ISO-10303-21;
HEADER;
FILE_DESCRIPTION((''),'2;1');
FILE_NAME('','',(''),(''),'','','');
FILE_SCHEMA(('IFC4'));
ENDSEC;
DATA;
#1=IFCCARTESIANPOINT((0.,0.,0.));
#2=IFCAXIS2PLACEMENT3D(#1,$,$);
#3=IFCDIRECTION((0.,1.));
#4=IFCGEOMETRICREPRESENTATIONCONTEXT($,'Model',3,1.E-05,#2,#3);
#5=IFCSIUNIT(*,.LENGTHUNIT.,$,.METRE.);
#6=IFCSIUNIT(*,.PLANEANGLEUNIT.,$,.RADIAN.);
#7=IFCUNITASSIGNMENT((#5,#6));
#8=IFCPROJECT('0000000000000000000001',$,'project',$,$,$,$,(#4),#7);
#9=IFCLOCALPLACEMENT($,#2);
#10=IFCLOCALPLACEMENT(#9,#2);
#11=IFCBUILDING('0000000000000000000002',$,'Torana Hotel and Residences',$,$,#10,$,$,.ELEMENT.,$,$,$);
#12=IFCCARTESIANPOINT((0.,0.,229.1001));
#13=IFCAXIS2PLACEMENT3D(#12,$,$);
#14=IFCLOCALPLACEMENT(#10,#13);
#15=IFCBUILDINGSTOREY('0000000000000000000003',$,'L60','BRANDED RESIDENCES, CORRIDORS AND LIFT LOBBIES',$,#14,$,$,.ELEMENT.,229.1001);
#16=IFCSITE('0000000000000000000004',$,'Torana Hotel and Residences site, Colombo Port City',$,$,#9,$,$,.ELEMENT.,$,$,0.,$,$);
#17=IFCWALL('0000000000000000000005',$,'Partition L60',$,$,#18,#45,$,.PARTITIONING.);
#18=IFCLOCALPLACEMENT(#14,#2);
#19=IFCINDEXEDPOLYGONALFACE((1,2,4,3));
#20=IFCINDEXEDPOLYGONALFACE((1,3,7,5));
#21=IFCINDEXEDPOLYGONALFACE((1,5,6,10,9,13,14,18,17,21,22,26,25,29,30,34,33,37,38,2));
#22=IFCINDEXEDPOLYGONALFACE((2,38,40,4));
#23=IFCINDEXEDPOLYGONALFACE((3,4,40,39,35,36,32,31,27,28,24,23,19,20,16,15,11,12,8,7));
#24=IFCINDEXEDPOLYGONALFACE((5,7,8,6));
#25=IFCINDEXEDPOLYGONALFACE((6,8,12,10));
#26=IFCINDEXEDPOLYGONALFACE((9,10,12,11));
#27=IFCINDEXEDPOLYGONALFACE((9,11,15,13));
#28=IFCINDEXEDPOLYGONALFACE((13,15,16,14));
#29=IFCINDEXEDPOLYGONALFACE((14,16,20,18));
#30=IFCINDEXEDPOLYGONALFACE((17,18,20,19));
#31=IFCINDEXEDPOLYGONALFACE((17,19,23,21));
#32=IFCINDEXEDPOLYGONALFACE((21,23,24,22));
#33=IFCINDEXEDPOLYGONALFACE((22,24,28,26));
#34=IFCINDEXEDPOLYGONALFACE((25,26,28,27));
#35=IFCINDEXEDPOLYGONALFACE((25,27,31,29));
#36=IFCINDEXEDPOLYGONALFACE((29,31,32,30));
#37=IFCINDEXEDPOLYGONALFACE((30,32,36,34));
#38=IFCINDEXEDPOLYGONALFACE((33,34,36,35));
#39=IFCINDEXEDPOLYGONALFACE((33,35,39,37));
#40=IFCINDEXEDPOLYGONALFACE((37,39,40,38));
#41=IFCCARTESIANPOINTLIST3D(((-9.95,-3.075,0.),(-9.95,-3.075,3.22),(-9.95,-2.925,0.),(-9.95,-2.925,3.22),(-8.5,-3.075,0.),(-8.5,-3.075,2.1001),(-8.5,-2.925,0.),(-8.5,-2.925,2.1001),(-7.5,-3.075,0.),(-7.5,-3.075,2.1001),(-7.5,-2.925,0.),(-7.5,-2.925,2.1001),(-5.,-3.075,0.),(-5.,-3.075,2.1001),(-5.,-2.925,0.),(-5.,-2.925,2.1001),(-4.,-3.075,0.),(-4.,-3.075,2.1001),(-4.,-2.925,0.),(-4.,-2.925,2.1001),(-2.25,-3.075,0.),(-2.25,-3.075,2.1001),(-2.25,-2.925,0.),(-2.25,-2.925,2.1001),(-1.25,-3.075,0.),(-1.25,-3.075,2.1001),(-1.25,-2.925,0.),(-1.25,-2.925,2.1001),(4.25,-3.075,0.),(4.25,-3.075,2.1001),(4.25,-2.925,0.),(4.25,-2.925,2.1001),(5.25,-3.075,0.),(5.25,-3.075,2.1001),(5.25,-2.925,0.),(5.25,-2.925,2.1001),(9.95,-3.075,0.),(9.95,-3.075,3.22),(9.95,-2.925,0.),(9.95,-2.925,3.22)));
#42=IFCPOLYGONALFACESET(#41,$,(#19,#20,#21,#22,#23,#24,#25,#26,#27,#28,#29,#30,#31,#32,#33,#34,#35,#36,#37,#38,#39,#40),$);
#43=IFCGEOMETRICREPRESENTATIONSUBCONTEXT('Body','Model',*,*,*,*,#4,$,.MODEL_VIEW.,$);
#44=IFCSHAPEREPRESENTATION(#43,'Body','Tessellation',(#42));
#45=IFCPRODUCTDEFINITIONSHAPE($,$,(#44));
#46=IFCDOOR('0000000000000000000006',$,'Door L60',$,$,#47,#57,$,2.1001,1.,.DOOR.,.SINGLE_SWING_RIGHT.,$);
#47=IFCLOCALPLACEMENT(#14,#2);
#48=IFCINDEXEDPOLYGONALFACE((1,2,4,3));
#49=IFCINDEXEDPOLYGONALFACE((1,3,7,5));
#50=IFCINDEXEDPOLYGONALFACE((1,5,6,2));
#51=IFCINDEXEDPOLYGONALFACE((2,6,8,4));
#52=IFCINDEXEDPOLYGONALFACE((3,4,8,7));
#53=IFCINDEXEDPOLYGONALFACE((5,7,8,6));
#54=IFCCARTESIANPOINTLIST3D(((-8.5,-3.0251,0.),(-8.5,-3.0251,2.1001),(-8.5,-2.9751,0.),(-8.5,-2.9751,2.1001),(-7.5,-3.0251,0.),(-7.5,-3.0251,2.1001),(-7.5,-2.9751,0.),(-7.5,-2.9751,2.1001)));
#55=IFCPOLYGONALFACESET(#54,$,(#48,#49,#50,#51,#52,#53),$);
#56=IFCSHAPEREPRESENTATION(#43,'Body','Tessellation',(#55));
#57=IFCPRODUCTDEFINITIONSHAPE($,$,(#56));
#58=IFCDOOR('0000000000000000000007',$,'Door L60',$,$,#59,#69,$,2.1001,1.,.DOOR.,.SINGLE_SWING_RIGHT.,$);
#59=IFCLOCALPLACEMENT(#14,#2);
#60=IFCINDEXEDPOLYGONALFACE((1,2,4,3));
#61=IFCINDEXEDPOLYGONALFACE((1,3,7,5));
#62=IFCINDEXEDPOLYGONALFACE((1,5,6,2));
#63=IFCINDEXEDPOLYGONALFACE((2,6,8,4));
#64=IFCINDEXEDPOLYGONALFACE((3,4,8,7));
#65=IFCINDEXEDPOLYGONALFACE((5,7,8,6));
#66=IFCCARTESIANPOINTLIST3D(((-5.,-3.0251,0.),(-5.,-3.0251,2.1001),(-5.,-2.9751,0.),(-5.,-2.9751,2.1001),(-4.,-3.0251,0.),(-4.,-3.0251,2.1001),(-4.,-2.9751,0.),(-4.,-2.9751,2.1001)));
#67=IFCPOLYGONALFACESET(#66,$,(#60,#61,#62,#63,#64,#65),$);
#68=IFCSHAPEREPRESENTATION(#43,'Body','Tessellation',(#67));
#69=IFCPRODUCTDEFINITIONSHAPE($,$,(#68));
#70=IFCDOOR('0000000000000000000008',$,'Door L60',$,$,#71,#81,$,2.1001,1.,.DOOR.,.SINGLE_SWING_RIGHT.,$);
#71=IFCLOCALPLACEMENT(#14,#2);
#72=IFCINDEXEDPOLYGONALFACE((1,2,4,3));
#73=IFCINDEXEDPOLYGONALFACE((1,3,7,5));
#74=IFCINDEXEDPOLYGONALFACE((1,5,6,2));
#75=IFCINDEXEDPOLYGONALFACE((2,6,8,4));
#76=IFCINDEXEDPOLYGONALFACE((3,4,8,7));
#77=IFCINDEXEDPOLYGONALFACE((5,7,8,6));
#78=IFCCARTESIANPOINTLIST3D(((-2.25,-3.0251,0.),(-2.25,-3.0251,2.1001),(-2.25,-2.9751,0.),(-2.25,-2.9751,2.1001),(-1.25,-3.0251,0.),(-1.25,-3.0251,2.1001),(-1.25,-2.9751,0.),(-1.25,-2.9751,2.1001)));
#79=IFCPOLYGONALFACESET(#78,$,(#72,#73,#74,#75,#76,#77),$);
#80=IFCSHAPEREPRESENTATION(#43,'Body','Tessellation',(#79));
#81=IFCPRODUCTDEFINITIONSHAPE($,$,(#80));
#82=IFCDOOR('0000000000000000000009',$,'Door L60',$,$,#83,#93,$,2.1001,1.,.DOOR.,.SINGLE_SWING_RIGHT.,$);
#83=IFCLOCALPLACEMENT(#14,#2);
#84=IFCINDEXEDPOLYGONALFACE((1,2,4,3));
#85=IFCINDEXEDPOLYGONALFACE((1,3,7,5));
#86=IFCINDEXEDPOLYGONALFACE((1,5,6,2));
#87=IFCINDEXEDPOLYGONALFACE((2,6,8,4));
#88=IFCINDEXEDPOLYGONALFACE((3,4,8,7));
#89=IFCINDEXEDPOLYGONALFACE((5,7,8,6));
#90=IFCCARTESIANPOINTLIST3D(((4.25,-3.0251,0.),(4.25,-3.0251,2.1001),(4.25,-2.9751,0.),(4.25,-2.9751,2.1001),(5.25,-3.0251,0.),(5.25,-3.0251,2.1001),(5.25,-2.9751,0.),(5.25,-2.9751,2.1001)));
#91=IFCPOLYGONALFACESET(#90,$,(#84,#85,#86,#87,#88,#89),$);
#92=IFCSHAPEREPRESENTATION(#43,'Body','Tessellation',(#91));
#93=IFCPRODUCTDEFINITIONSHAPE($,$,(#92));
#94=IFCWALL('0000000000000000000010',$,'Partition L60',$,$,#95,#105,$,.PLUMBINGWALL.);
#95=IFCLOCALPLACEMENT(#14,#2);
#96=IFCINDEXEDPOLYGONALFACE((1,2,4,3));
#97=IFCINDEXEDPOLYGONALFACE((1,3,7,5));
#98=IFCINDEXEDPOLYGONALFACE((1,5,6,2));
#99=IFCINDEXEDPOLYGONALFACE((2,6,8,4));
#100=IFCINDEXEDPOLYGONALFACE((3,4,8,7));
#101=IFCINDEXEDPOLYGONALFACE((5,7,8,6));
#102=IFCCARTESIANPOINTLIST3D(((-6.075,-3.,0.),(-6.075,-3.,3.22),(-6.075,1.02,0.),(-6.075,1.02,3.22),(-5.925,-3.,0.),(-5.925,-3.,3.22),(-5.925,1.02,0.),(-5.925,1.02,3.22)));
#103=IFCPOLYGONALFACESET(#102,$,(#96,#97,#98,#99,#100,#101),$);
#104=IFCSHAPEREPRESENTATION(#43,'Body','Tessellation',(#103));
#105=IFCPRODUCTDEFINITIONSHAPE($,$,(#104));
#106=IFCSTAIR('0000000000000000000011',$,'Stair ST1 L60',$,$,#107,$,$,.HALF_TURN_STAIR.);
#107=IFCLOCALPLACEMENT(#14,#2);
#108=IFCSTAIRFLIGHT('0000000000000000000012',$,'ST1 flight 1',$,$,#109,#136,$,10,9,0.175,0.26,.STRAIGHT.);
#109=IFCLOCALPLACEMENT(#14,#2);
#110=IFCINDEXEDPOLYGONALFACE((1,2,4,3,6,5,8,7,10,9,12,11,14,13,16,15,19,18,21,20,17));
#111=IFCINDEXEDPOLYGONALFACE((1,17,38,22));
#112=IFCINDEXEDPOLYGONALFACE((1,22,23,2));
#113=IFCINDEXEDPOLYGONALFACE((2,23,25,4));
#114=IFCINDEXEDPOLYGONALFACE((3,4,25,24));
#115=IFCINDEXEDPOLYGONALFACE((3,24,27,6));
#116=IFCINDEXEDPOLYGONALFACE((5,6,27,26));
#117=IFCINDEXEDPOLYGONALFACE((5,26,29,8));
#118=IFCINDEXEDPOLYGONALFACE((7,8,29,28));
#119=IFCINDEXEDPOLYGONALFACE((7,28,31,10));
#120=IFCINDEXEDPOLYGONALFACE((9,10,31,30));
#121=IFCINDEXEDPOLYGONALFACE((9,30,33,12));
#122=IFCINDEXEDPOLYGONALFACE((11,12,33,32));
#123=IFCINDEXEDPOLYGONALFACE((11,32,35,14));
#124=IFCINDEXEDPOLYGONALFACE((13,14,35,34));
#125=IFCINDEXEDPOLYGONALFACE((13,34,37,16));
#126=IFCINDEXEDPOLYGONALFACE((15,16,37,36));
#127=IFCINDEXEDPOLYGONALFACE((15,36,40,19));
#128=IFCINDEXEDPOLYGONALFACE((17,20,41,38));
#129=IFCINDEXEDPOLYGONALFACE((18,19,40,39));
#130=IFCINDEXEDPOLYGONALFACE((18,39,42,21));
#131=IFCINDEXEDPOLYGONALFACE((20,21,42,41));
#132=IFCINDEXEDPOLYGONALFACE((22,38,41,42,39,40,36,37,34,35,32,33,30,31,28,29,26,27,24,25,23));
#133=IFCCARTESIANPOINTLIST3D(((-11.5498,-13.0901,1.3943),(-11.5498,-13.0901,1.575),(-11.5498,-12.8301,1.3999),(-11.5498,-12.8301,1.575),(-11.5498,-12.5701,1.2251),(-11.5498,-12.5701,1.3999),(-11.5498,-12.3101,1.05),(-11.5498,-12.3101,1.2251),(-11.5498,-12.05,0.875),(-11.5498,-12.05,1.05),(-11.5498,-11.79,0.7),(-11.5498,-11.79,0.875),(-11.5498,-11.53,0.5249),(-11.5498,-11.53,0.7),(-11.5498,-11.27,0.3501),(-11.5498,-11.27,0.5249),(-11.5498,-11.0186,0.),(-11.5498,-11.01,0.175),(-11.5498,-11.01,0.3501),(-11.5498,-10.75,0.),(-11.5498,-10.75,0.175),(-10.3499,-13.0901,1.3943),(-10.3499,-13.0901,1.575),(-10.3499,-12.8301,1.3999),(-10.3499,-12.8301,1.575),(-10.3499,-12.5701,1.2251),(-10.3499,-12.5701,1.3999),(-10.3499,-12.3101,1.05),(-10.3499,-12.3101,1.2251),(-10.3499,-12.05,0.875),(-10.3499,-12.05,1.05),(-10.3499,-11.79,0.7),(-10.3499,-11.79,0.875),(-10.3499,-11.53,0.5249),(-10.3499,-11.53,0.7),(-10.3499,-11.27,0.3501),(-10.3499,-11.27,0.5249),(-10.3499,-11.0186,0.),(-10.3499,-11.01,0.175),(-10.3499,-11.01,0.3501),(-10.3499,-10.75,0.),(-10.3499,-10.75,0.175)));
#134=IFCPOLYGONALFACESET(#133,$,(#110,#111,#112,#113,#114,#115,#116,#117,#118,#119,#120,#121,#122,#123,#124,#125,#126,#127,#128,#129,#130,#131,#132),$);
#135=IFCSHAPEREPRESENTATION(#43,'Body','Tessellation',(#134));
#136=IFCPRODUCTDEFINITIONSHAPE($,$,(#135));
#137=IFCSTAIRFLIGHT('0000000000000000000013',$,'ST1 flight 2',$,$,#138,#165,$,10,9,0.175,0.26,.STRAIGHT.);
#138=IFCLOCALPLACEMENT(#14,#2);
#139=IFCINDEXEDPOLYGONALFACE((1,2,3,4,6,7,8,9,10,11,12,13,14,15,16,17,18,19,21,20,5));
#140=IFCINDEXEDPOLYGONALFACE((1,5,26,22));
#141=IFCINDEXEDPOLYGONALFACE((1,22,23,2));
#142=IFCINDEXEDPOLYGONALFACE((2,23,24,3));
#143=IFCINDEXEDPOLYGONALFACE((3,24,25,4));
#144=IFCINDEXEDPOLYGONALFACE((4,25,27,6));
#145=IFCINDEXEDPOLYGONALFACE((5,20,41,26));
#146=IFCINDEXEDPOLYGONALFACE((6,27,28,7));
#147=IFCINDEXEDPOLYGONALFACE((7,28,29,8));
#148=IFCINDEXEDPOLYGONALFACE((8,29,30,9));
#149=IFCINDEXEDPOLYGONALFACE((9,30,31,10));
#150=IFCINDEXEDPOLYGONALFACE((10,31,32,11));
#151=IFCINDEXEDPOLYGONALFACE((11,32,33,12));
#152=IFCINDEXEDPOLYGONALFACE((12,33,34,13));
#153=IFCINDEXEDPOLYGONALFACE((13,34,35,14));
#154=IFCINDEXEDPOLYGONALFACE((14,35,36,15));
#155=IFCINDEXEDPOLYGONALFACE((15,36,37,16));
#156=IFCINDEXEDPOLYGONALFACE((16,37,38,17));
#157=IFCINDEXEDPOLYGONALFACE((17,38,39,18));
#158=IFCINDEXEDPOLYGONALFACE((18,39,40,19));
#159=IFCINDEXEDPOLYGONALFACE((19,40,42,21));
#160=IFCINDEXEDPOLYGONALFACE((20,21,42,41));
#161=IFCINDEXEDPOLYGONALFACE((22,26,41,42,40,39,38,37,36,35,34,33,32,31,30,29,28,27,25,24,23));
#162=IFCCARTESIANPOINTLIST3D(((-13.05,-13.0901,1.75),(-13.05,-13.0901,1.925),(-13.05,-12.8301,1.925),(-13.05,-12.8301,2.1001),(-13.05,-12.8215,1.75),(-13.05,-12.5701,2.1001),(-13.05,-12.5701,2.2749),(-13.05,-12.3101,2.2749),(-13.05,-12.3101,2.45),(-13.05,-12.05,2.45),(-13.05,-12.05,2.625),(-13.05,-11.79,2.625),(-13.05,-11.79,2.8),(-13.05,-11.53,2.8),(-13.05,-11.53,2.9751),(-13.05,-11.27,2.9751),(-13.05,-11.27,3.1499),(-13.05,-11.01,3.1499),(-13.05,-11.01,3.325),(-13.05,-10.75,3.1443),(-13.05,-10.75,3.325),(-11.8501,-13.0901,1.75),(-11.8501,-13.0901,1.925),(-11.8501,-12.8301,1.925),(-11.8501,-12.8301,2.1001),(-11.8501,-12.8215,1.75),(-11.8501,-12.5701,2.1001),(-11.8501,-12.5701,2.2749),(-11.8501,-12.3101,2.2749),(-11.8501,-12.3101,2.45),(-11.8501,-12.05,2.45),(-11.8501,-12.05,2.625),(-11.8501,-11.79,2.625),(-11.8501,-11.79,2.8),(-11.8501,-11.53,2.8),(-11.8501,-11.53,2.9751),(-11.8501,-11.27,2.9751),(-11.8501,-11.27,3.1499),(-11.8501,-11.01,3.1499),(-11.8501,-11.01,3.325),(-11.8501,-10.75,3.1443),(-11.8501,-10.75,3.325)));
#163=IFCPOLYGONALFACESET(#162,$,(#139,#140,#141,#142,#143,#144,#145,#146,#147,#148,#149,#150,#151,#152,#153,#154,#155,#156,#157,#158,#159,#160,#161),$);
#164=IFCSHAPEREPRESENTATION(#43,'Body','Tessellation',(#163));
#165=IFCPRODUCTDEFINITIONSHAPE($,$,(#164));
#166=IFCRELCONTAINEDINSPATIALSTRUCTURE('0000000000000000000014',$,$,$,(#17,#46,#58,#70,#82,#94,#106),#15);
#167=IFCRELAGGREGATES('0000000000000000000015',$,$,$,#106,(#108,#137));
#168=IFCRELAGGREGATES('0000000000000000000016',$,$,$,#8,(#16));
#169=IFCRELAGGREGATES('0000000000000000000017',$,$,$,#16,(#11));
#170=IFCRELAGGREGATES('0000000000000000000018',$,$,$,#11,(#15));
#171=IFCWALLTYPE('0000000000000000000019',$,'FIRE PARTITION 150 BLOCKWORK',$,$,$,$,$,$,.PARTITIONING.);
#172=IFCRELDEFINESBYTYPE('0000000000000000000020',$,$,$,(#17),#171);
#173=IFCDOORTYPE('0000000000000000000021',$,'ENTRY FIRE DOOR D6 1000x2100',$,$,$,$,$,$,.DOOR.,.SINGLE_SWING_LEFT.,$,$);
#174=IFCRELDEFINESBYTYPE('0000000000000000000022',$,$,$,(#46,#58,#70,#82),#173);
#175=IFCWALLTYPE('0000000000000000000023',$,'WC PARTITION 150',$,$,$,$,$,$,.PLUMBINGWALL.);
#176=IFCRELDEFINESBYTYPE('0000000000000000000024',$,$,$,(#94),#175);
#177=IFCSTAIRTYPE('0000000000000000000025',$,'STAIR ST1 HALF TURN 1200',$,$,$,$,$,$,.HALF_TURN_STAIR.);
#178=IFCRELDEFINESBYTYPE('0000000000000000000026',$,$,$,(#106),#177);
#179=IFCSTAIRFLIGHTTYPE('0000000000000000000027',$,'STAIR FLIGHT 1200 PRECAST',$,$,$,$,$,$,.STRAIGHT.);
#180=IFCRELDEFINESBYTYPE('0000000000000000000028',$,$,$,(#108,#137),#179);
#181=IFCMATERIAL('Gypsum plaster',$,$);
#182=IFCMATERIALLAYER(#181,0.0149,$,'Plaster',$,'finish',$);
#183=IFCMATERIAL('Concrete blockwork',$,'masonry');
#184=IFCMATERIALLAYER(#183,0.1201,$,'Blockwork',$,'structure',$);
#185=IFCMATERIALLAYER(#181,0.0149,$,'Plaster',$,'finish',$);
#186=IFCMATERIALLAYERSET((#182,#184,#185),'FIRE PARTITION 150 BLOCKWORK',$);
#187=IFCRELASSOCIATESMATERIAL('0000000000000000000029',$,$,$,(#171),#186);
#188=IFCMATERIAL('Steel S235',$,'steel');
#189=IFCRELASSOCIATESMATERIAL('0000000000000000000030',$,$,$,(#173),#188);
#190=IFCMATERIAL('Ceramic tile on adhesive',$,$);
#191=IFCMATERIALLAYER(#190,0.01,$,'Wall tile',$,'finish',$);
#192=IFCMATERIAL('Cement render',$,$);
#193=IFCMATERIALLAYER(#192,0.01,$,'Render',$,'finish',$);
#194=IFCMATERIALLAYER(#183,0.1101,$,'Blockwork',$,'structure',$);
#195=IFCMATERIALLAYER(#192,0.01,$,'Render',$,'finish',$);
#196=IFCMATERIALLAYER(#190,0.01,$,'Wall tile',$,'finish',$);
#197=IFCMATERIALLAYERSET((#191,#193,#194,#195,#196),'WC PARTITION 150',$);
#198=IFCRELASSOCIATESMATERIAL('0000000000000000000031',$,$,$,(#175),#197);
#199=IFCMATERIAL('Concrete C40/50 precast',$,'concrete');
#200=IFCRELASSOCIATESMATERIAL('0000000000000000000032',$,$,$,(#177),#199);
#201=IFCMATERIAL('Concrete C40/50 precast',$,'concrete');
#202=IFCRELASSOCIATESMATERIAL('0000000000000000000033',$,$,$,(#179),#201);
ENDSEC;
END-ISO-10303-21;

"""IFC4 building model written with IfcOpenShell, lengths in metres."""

from ifc_helpers import new_model, si_unit, direction, frame, frame_2d, origin, place, context, subcontext, project, spatial, polyline, rectangle, outline, extrude, material, layer, layer_set, type_object, element, fill, aggregate, save


model = new_model("IFC4")

# Units and contexts
model_context = context("Model", 3, precision=1e-05, world=origin(), true_north=direction((0.0, 1.0)))
body_context = subcontext(model_context, "Body", "Model", "MODEL_VIEW")
ifc_project = project(units=[si_unit("LENGTHUNIT", "METRE"), si_unit("PLANEANGLEUNIT", "RADIAN")], contexts=[model_context])

# Site, building, storey
site_placement = place(None, origin())
site = spatial("IfcSite", under=ifc_project, at=site_placement, Name="Torana Hotel and Residences site, Colombo Port City", CompositionType="ELEMENT", RefElevation=0.0)
building_placement = place(site_placement, origin())
building = spatial("IfcBuilding", under=site, at=building_placement, Name="Torana Hotel and Residences", CompositionType="ELEMENT")
storey_placement = place(building_placement, frame((0.0, 0.0, 229.1001)))
storey = spatial("IfcBuildingStorey", under=building, at=storey_placement, Name="L60", Description="BRANDED RESIDENCES, CORRIDORS AND LIFT LOBBIES", CompositionType="ELEMENT", Elevation=229.1001)

# Shared definitions
ifc_material_1 = material(Name="Gypsum plaster")
ifc_layer_1 = layer(ifc_material_1, 0.0149, Name="Plaster", Category="finish")
ifc_material_2 = material(Name="Concrete blockwork", Category="masonry")
ifc_layer_2 = layer(ifc_material_2, 0.1201, Name="Blockwork", Category="structure")
ifc_layer_3 = layer(ifc_material_1, 0.0149, Name="Plaster", Category="finish")
ifc_layer_set_1 = layer_set([ifc_layer_1, ifc_layer_2, ifc_layer_3], Name="FIRE PARTITION 150 BLOCKWORK")
wall_type_1 = type_object("IfcWallType", Name="FIRE PARTITION 150 BLOCKWORK", PredefinedType="PARTITIONING", material=ifc_layer_set_1)

# Wall, openings, doors
ifc_material_3 = material(Name="Steel S235", Category="steel")
door_type_1 = type_object("IfcDoorType", Name="ENTRY FIRE DOOR D6 1000x2100", OperationType="SINGLE_SWING_LEFT", PredefinedType="DOOR", material=ifc_material_3)
wall_1_placement = place(storey_placement, frame((-9.95, -3.0, 0.0), z_axis=(0.0, 0.0, 1.0), x_axis=(1.0, 0.0, 0.0)))
wall_1 = element("IfcWall", 1, at=wall_1_placement, inside=storey, type_object=wall_type_1, Name="Partition L60", PredefinedType="PARTITIONING", context=body_context, shape_type="SweptSolid", body=[
    extrude(rectangle(XDim=19.8999, YDim=0.1499, at=frame_2d((9.95, 0.0))), origin(), (0.0, 0.0, 1.0), 3.22),
])
opening_1_placement = place(wall_1_placement, frame((1.45, 0.0, 0.0)))
opening_1 = element("IfcOpeningElement", 2, at=opening_1_placement, cuts=wall_1, PredefinedType="OPENING", context=body_context, shape_type="SweptSolid", body=[
    extrude(rectangle(XDim=1.0, YDim=2.1001, at=frame_2d((0.5, 1.05))), frame((0.0, 0.085, 0.0), z_axis=(0.0, -1.0, 0.0), x_axis=(1.0, 0.0, 0.0)), (0.0, 0.0, 1.0), 0.1699),
])
opening_2_placement = place(wall_1_placement, frame((4.95, 0.0, 0.0)))
opening_2 = element("IfcOpeningElement", 3, at=opening_2_placement, cuts=wall_1, PredefinedType="OPENING", context=body_context, shape_type="SweptSolid", body=[
    extrude(rectangle(XDim=1.0, YDim=2.1001, at=frame_2d((0.5, 1.05))), frame((0.0, 0.085, 0.0), z_axis=(0.0, -1.0, 0.0), x_axis=(1.0, 0.0, 0.0)), (0.0, 0.0, 1.0), 0.1699),
])
opening_3_placement = place(wall_1_placement, frame((7.7, 0.0, 0.0)))
opening_3 = element("IfcOpeningElement", 4, at=opening_3_placement, cuts=wall_1, PredefinedType="OPENING", context=body_context, shape_type="SweptSolid", body=[
    extrude(rectangle(XDim=1.0, YDim=2.1001, at=frame_2d((0.5, 1.05))), frame((0.0, 0.085, 0.0), z_axis=(0.0, -1.0, 0.0), x_axis=(1.0, 0.0, 0.0)), (0.0, 0.0, 1.0), 0.1699),
])
opening_4_placement = place(wall_1_placement, frame((14.2, 0.0, 0.0)))
opening_4 = element("IfcOpeningElement", 5, at=opening_4_placement, cuts=wall_1, PredefinedType="OPENING", context=body_context, shape_type="SweptSolid", body=[
    extrude(rectangle(XDim=1.0, YDim=2.1001, at=frame_2d((0.5, 1.05))), frame((0.0, 0.085, 0.0), z_axis=(0.0, -1.0, 0.0), x_axis=(1.0, 0.0, 0.0)), (0.0, 0.0, 1.0), 0.1699),
])
door_1_placement = place(opening_1_placement, origin())
door_1 = element("IfcDoor", 6, at=door_1_placement, inside=storey, type_object=door_type_1, Name="Door L60", OperationType="SINGLE_SWING_RIGHT", OverallHeight=2.1001, OverallWidth=1.0, PredefinedType="DOOR", context=body_context, shape_type="SweptSolid", body=[
    extrude(rectangle(XDim=1.0, YDim=2.1001, at=frame_2d((0.5, 1.05))), frame((0.0, 0.0249, 0.0), z_axis=(0.0, -1.0, 0.0), x_axis=(1.0, 0.0, 0.0)), (0.0, 0.0, 1.0), 0.05),
])
fill(opening_1, door_1)
door_2_placement = place(opening_2_placement, origin())
door_2 = element("IfcDoor", 7, at=door_2_placement, inside=storey, type_object=door_type_1, Name="Door L60", OperationType="SINGLE_SWING_RIGHT", OverallHeight=2.1001, OverallWidth=1.0, PredefinedType="DOOR", context=body_context, shape_type="SweptSolid", body=[
    extrude(rectangle(XDim=1.0, YDim=2.1001, at=frame_2d((0.5, 1.05))), frame((0.0, 0.0249, 0.0), z_axis=(0.0, -1.0, 0.0), x_axis=(1.0, 0.0, 0.0)), (0.0, 0.0, 1.0), 0.05),
])
fill(opening_2, door_2)
door_3_placement = place(opening_3_placement, origin())
door_3 = element("IfcDoor", 8, at=door_3_placement, inside=storey, type_object=door_type_1, Name="Door L60", OperationType="SINGLE_SWING_RIGHT", OverallHeight=2.1001, OverallWidth=1.0, PredefinedType="DOOR", context=body_context, shape_type="SweptSolid", body=[
    extrude(rectangle(XDim=1.0, YDim=2.1001, at=frame_2d((0.5, 1.05))), frame((0.0, 0.0249, 0.0), z_axis=(0.0, -1.0, 0.0), x_axis=(1.0, 0.0, 0.0)), (0.0, 0.0, 1.0), 0.05),
])
fill(opening_3, door_3)
door_4_placement = place(opening_4_placement, origin())
door_4 = element("IfcDoor", 9, at=door_4_placement, inside=storey, type_object=door_type_1, Name="Door L60", OperationType="SINGLE_SWING_RIGHT", OverallHeight=2.1001, OverallWidth=1.0, PredefinedType="DOOR", context=body_context, shape_type="SweptSolid", body=[
    extrude(rectangle(XDim=1.0, YDim=2.1001, at=frame_2d((0.5, 1.05))), frame((0.0, 0.0249, 0.0), z_axis=(0.0, -1.0, 0.0), x_axis=(1.0, 0.0, 0.0)), (0.0, 0.0, 1.0), 0.05),
])
fill(opening_4, door_4)

# Wall
ifc_material_4 = material(Name="Ceramic tile on adhesive")
ifc_layer_4 = layer(ifc_material_4, 0.01, Name="Wall tile", Category="finish")
ifc_material_5 = material(Name="Cement render")
ifc_layer_5 = layer(ifc_material_5, 0.01, Name="Render", Category="finish")
ifc_layer_6 = layer(ifc_material_2, 0.1101, Name="Blockwork", Category="structure")
ifc_layer_7 = layer(ifc_material_5, 0.01, Name="Render", Category="finish")
ifc_layer_8 = layer(ifc_material_4, 0.01, Name="Wall tile", Category="finish")
ifc_layer_set_2 = layer_set([ifc_layer_4, ifc_layer_5, ifc_layer_6, ifc_layer_7, ifc_layer_8], Name="WC PARTITION 150")
wall_type_2 = type_object("IfcWallType", Name="WC PARTITION 150", PredefinedType="PLUMBINGWALL", material=ifc_layer_set_2)
wall_2_placement = place(storey_placement, frame((-6.0, -3.0, 0.0), z_axis=(0.0, 0.0, 1.0), x_axis=(0.0, 1.0, 0.0)))
element("IfcWall", 10, at=wall_2_placement, inside=storey, type_object=wall_type_2, Name="Partition L60", PredefinedType="PLUMBINGWALL", context=body_context, shape_type="SweptSolid", body=[
    extrude(rectangle(XDim=4.02, YDim=0.1499, at=frame_2d((2.01, 0.0))), origin(), (0.0, 0.0, 1.0), 3.22),
])

# Stair, stair flights
ifc_material_6 = material(Name="Concrete C40/50 precast", Category="concrete")
stair_type = type_object("IfcStairType", Name="STAIR ST1 HALF TURN 1200", PredefinedType="HALF_TURN_STAIR", material=ifc_material_6)
stair_placement = place(storey_placement, origin())
stair = element("IfcStair", 11, at=stair_placement, inside=storey, type_object=stair_type, Name="Stair ST1 L60", PredefinedType="HALF_TURN_STAIR")
ifc_material_7 = material(Name="Concrete C40/50 precast", Category="concrete")
stair_flight_type = type_object("IfcStairFlightType", Name="STAIR FLIGHT 1200 PRECAST", PredefinedType="STRAIGHT", material=ifc_material_7)
stair_flight_1_placement = place(storey_placement, frame((-10.95, -10.75, 0.0), z_axis=(0.0, 0.0, 1.0), x_axis=(0.0, -1.0, 0.0)))
stair_flight_1 = element("IfcStairFlight", 12, at=stair_flight_1_placement, type_object=stair_flight_type, Name="ST1 flight 1", NumberOfRisers=10, NumberOfTreads=9, PredefinedType="STRAIGHT", RiserHeight=0.175, TreadLength=0.26, context=body_context, shape_type="SweptSolid", body=[
    extrude(outline(polyline([(0.0, 0.0), (0.0, 0.175), (0.26, 0.175), (0.26, 0.3501), (0.52, 0.3501), (0.52, 0.5249), (0.78, 0.5249), (0.78, 0.7), (1.04, 0.7), (1.04, 0.875), (1.3, 0.875), (1.3, 1.05), (1.5601, 1.05), (1.5601, 1.2251), (1.8201, 1.2251), (1.8201, 1.3999), (2.0801, 1.3999), (2.0801, 1.575), (2.3401, 1.575), (2.3401, 1.75), (2.3401, 1.3943), (0.2686, 0.0), (0.0, 0.0)])), frame((0.0, 0.6001, 0.0), z_axis=(0.0, -1.0, 0.0), x_axis=(1.0, 0.0, 0.0)), (0.0, 0.0, 1.0), 1.2),
])
stair_flight_2_placement = place(storey_placement, frame((-12.45, -13.0901, 1.75), z_axis=(0.0, 0.0, 1.0), x_axis=(0.0, 1.0, 0.0)))
stair_flight_2 = element("IfcStairFlight", 13, at=stair_flight_2_placement, type_object=stair_flight_type, Name="ST1 flight 2", NumberOfRisers=10, NumberOfTreads=9, PredefinedType="STRAIGHT", RiserHeight=0.175, TreadLength=0.26, context=body_context, shape_type="SweptSolid", body=[
    extrude(outline(polyline([(0.0, 0.0), (0.0, 0.175), (0.26, 0.175), (0.26, 0.3501), (0.52, 0.3501), (0.52, 0.5249), (0.78, 0.5249), (0.78, 0.7), (1.04, 0.7), (1.04, 0.875), (1.3, 0.875), (1.3, 1.05), (1.5601, 1.05), (1.5601, 1.2251), (1.8201, 1.2251), (1.8201, 1.3999), (2.0801, 1.3999), (2.0801, 1.575), (2.3401, 1.575), (2.3401, 1.75), (2.3401, 1.3943), (0.2686, 0.0), (0.0, 0.0)])), frame((0.0, 0.6001, 0.0), z_axis=(0.0, -1.0, 0.0), x_axis=(1.0, 0.0, 0.0)), (0.0, 0.0, 1.0), 1.2),
])
aggregate(stair, [stair_flight_1, stair_flight_2])

save(model, "model.ifc")
